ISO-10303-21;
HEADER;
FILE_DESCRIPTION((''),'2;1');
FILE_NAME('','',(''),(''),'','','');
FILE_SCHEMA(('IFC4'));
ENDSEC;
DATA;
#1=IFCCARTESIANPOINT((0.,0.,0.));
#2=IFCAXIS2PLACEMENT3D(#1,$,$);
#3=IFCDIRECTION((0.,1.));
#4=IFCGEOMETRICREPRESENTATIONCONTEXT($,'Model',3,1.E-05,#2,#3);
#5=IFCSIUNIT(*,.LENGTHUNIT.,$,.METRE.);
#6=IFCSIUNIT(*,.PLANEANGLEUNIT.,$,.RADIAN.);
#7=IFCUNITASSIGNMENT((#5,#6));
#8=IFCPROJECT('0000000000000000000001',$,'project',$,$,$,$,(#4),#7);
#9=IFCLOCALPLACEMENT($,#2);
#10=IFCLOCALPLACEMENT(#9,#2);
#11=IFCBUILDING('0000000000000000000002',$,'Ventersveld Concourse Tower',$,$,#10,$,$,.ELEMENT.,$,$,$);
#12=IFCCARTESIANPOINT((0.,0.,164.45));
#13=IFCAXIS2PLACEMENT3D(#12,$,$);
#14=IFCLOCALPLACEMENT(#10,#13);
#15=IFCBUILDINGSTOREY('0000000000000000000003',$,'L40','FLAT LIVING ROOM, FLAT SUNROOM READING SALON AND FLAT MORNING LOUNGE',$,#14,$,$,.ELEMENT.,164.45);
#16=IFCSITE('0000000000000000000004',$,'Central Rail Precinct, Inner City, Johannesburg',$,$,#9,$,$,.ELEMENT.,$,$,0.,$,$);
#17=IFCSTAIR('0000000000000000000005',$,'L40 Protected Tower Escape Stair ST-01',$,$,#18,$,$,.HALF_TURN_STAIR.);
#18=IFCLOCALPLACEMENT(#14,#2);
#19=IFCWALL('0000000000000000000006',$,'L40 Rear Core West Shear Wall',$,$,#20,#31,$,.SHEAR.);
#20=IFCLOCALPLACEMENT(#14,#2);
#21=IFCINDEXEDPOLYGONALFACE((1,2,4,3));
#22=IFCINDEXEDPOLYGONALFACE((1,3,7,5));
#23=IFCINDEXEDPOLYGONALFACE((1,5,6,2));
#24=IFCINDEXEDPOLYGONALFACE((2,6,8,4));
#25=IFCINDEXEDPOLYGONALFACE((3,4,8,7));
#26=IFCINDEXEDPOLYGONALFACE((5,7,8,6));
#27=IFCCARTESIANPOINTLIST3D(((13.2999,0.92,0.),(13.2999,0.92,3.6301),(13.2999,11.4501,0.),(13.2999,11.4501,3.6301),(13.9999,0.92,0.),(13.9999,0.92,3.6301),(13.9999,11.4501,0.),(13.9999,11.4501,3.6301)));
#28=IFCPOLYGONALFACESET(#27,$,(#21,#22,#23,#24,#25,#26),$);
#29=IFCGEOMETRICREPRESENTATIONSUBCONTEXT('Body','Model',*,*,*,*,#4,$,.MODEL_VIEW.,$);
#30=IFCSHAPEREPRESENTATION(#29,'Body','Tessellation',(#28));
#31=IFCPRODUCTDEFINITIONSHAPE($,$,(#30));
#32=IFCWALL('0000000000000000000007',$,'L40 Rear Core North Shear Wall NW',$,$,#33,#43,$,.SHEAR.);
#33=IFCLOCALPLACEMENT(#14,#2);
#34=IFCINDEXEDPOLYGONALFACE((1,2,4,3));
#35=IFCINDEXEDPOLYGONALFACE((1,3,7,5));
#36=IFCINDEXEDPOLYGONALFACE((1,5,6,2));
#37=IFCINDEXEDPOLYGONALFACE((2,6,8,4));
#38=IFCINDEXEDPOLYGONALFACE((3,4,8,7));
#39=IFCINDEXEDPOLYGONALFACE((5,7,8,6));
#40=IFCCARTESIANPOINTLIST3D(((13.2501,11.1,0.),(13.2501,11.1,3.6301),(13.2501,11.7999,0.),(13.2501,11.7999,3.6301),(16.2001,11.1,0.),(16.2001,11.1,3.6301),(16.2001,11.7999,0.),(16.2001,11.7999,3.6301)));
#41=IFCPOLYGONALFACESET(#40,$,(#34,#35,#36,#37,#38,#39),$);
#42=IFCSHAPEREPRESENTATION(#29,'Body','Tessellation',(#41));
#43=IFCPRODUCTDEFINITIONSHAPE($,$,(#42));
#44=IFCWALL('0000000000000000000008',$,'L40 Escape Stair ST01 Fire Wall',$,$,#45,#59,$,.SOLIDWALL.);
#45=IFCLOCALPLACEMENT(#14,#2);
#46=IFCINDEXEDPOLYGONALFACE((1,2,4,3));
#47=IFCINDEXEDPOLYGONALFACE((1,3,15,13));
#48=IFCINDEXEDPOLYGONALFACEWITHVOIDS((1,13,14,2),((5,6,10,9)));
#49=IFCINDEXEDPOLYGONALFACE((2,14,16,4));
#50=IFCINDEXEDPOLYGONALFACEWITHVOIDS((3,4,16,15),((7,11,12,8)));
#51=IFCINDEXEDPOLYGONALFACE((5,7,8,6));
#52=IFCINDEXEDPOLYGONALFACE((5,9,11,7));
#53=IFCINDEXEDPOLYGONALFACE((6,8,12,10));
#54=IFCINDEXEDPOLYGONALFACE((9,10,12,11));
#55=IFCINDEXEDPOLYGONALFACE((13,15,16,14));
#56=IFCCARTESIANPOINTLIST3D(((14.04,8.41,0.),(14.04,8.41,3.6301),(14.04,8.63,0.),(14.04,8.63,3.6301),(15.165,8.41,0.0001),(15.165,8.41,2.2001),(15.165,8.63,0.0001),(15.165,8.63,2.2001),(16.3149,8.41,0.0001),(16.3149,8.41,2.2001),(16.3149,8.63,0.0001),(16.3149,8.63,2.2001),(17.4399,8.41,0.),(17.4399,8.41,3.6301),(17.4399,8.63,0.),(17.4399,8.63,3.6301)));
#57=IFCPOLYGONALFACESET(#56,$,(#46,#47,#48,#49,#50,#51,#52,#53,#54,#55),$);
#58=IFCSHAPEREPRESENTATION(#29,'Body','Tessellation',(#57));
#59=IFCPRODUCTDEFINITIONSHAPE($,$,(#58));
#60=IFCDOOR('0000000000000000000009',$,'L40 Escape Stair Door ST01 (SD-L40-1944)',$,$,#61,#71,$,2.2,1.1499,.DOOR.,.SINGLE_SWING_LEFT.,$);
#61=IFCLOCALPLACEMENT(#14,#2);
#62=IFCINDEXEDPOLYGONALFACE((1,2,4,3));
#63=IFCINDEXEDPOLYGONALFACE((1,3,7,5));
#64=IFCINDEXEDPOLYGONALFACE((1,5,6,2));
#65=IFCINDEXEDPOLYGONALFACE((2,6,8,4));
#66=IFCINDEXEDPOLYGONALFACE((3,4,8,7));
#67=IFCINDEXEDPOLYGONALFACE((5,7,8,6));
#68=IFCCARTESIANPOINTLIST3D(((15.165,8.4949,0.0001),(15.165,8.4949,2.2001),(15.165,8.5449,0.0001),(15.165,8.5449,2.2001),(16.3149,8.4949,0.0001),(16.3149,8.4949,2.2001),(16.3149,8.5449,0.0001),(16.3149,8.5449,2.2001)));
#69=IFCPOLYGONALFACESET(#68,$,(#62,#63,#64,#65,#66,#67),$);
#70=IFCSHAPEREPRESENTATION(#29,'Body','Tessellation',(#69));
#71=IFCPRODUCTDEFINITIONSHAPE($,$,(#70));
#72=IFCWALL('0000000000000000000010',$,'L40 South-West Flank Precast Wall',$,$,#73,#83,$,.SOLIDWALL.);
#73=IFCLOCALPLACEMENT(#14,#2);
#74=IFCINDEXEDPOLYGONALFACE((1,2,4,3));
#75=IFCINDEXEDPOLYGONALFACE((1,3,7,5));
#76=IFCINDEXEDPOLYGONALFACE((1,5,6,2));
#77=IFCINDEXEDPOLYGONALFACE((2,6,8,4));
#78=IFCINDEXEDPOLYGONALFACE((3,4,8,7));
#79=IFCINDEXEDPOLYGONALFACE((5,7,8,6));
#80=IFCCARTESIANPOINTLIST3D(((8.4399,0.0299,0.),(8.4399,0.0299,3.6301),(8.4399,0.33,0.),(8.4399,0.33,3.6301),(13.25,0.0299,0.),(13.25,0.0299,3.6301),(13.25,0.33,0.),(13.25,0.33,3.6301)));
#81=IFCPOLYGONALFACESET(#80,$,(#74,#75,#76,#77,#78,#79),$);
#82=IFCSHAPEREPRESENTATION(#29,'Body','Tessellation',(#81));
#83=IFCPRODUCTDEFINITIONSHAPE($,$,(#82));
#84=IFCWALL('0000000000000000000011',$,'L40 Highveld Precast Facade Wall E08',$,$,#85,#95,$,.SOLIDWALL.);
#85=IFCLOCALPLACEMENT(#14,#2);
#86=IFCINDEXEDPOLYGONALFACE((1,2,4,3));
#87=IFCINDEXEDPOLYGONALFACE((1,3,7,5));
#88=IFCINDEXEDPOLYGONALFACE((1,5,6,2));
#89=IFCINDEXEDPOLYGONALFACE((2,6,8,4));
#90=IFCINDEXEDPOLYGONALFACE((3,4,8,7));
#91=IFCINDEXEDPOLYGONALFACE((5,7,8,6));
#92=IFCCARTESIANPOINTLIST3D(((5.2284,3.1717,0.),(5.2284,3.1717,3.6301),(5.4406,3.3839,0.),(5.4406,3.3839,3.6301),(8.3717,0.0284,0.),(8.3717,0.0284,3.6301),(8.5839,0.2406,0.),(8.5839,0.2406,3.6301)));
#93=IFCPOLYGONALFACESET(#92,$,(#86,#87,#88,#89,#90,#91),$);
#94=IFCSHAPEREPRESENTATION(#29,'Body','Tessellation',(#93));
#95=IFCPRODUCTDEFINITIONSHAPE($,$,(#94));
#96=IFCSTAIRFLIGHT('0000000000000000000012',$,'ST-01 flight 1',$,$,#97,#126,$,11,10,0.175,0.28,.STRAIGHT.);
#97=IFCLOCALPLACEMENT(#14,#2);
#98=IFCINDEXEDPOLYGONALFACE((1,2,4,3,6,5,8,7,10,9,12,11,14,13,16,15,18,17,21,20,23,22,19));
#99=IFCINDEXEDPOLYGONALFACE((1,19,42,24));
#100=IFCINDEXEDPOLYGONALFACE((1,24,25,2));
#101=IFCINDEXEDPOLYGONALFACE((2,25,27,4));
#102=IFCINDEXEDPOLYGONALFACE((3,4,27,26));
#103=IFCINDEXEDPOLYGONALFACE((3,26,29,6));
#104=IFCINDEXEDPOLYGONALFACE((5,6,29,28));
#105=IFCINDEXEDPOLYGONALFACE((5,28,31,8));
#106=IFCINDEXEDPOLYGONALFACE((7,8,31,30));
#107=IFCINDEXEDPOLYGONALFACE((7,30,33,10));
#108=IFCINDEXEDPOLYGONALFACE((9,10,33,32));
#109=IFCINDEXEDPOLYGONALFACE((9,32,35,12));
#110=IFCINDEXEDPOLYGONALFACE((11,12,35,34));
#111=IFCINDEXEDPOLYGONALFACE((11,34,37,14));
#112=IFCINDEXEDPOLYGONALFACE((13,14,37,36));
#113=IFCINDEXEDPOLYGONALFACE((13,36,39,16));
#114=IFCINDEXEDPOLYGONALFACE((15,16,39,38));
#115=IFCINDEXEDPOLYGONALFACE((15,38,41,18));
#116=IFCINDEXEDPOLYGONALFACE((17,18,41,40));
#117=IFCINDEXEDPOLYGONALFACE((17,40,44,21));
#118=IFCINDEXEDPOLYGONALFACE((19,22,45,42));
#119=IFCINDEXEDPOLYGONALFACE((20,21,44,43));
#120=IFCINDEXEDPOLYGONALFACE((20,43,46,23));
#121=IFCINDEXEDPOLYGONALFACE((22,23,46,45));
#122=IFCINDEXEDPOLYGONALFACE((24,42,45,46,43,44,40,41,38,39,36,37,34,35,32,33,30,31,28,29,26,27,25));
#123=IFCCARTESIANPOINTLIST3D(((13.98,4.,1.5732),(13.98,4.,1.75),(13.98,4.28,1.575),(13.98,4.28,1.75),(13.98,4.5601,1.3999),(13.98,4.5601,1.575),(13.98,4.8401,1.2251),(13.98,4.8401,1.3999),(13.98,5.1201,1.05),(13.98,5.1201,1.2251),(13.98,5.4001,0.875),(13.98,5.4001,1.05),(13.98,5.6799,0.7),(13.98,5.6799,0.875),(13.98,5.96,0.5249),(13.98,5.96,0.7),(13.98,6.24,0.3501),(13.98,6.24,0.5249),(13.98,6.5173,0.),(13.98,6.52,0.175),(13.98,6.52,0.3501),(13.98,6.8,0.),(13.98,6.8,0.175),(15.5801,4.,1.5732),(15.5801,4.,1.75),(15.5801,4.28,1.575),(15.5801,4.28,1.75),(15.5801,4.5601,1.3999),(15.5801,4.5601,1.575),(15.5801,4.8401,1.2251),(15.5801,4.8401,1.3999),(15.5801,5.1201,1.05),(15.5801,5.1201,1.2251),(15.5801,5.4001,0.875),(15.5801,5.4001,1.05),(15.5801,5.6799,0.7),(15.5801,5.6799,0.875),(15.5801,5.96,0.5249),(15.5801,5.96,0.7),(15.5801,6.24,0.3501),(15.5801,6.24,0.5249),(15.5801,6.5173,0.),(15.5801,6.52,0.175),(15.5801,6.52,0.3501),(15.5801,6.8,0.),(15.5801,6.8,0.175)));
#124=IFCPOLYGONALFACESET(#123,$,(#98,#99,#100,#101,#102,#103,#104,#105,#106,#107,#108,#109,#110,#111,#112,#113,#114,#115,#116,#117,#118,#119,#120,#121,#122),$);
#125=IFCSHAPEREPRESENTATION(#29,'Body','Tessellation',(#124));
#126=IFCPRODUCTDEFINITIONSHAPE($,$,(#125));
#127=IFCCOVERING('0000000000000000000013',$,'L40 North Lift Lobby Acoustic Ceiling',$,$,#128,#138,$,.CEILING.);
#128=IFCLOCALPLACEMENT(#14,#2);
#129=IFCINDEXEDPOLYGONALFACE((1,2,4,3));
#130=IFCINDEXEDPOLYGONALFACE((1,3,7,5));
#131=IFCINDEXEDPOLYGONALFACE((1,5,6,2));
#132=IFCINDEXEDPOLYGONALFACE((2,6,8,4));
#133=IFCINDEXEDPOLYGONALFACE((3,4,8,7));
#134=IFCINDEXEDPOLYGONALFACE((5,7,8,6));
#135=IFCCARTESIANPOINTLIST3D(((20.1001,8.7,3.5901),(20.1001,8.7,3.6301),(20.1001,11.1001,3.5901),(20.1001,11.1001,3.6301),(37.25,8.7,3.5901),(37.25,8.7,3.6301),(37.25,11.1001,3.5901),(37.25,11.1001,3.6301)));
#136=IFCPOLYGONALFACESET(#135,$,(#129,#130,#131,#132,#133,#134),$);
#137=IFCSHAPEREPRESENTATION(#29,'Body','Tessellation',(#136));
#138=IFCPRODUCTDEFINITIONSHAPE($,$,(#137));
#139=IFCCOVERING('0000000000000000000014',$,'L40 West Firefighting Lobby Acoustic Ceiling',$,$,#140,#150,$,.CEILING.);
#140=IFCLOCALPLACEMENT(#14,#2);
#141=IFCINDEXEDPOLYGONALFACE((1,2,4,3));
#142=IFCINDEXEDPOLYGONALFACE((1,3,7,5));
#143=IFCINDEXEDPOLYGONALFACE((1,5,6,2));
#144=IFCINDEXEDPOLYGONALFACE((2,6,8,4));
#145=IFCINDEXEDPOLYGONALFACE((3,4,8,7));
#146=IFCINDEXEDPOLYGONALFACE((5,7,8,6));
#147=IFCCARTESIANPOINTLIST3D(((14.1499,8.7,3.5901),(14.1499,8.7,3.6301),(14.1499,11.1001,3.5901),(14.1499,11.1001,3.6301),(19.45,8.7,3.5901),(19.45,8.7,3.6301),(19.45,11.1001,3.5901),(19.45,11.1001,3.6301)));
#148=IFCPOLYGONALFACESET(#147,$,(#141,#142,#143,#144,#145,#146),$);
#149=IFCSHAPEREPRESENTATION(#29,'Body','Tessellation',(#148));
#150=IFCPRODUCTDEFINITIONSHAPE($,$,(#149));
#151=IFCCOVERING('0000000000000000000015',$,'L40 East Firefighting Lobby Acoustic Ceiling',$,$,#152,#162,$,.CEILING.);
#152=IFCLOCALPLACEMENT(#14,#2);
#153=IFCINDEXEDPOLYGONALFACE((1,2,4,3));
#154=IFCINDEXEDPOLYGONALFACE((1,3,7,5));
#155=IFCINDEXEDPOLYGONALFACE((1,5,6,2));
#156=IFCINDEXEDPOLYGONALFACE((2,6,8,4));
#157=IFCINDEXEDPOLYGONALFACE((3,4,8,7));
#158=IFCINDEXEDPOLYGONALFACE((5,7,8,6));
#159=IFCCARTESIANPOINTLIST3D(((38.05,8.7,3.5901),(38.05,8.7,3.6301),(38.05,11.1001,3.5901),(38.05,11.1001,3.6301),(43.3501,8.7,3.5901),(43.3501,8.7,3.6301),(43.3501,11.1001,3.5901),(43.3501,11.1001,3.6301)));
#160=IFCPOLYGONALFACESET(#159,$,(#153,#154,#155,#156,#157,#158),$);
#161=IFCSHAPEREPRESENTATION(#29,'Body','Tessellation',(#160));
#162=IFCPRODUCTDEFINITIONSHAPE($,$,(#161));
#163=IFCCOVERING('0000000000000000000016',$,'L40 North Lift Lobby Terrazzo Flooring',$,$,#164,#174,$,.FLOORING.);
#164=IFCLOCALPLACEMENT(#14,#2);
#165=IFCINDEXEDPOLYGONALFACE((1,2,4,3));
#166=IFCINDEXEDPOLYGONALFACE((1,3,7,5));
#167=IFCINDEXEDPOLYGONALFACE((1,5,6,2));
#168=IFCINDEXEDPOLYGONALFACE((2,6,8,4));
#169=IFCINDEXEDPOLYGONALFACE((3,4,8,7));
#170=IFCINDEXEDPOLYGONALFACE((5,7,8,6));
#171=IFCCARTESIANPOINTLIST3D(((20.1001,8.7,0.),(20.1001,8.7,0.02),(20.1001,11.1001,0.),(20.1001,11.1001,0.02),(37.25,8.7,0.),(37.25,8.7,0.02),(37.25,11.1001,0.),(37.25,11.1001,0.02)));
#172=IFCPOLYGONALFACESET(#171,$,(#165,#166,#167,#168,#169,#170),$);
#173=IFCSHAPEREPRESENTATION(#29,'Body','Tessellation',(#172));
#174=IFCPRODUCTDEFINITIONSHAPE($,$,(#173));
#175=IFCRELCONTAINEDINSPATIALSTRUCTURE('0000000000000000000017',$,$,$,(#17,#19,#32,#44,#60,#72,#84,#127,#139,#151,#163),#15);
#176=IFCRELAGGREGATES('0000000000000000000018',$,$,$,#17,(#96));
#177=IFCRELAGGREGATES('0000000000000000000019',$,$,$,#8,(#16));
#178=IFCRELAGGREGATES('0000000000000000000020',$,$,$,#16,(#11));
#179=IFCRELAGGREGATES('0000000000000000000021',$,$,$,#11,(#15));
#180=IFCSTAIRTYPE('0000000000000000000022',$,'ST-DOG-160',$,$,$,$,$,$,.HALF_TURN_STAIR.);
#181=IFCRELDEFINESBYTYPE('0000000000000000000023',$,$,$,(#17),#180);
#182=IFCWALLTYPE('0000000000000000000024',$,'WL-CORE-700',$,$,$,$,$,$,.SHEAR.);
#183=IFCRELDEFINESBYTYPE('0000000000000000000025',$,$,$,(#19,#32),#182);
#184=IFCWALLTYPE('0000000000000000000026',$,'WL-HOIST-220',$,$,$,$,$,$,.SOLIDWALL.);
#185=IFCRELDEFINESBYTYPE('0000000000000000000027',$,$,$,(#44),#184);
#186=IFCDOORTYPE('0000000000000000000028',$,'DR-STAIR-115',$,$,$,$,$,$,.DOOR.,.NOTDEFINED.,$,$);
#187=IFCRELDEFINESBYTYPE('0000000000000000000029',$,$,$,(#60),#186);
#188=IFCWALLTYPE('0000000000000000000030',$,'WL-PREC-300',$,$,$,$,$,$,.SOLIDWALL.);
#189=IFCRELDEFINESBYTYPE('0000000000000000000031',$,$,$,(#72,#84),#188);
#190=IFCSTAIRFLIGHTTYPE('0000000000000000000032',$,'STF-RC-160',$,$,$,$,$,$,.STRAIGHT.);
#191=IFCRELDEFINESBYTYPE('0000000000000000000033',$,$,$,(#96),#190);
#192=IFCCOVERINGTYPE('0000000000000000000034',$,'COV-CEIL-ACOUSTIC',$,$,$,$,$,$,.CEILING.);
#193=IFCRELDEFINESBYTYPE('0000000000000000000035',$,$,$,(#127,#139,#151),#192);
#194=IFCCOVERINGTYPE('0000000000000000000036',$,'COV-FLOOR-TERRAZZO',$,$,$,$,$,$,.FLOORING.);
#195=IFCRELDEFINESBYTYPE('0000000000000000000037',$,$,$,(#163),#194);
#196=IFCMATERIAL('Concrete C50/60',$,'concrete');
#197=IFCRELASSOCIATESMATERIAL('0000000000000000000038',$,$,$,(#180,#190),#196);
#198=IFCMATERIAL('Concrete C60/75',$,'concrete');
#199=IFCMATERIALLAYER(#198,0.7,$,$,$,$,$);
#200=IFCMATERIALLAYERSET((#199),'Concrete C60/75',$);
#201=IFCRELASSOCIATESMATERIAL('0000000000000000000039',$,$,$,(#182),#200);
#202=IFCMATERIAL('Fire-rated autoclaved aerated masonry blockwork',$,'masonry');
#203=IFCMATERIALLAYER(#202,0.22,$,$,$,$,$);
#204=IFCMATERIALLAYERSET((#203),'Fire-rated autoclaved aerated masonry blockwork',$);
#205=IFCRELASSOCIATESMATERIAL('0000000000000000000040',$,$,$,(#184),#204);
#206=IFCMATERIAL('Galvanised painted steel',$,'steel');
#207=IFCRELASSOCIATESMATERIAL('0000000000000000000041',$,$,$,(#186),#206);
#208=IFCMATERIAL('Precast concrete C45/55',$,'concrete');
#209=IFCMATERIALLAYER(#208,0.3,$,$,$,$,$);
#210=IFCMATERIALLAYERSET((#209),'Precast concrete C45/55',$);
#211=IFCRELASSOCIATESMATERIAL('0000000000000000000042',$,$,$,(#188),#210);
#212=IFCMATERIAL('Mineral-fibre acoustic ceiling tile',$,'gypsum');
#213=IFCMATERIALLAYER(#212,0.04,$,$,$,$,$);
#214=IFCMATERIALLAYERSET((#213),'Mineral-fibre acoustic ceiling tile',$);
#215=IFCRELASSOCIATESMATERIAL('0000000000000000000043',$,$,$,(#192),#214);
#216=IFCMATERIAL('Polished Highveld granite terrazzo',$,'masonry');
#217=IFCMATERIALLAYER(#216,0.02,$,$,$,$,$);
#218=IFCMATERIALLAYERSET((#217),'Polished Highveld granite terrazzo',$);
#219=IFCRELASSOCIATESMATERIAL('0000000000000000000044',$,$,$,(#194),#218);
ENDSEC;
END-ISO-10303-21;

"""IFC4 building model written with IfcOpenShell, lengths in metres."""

from ifc_helpers import new_model, si_unit, direction, frame, frame_2d, origin, place, context, subcontext, project, spatial, polyline, rectangle, outline, extrude, material, layer, layer_set, type_object, element, fill, aggregate, save


model = new_model("IFC4")

# Units and contexts
model_context = context("Model", 3, precision=1e-05, world=origin(), true_north=direction((0.0, 1.0)))
body_context = subcontext(model_context, "Body", "Model", "MODEL_VIEW")
ifc_project = project(units=[si_unit("LENGTHUNIT", "METRE"), si_unit("PLANEANGLEUNIT", "RADIAN")], contexts=[model_context])

# Site, building, storey
site_placement = place(None, origin())
site = spatial("IfcSite", under=ifc_project, at=site_placement, Name="Central Rail Precinct, Inner City, Johannesburg", CompositionType="ELEMENT", RefElevation=0.0)
building_placement = place(site_placement, origin())
building = spatial("IfcBuilding", under=site, at=building_placement, Name="Ventersveld Concourse Tower", CompositionType="ELEMENT")
storey_placement = place(building_placement, frame((0.0, 0.0, 164.45)))
storey = spatial("IfcBuildingStorey", under=building, at=storey_placement, Name="L40", Description="FLAT LIVING ROOM, FLAT SUNROOM READING SALON AND FLAT MORNING LOUNGE", CompositionType="ELEMENT", Elevation=164.45)

# Shared definitions
ifc_material_1 = material(Name="Concrete C50/60", Category="concrete")

# Stair
stair_type_1 = type_object("IfcStairType", Name="ST-DOG-160", PredefinedType="HALF_TURN_STAIR", material=ifc_material_1)
stair_1_placement = place(storey_placement, origin())
stair_1 = element("IfcStair", 1, at=stair_1_placement, inside=storey, type_object=stair_type_1, Name="L40 Protected Tower Escape Stair ST-01", PredefinedType="HALF_TURN_STAIR")

# Walls
ifc_material_2 = material(Name="Concrete C60/75", Category="concrete")
ifc_layer_1 = layer(ifc_material_2, 0.7)
ifc_layer_set_1 = layer_set([ifc_layer_1], Name="Concrete C60/75")
wall_type_1 = type_object("IfcWallType", Name="WL-CORE-700", PredefinedType="SHEAR", material=ifc_layer_set_1)
wall_1_placement = place(storey_placement, frame((13.6499, 0.9199, 0.0), z_axis=(0.0, 0.0, 1.0), x_axis=(0.0, 1.0, 0.0)))
element("IfcWall", 2, at=wall_1_placement, inside=storey, type_object=wall_type_1, Name="L40 Rear Core West Shear Wall", PredefinedType="SHEAR", context=body_context, shape_type="SweptSolid", body=[
    extrude(rectangle(XDim=10.53, YDim=0.7, at=frame_2d((5.2651, 0.0))), origin(), (0.0, 0.0, 1.0), 3.6301),
])
wall_2_placement = place(storey_placement, frame((13.25, 11.45, 0.0), z_axis=(0.0, 0.0, 1.0), x_axis=(1.0, 0.0, 0.0)))
element("IfcWall", 3, at=wall_2_placement, inside=storey, type_object=wall_type_1, Name="L40 Rear Core North Shear Wall NW", PredefinedType="SHEAR", context=body_context, shape_type="SweptSolid", body=[
    extrude(rectangle(XDim=2.95, YDim=0.7, at=frame_2d((1.4751, 0.0))), origin(), (0.0, 0.0, 1.0), 3.6301),
])

# Wall, opening, door
ifc_material_3 = material(Name="Fire-rated autoclaved aerated masonry blockwork", Category="masonry")
ifc_layer_2 = layer(ifc_material_3, 0.22)
ifc_layer_set_2 = layer_set([ifc_layer_2], Name="Fire-rated autoclaved aerated masonry blockwork")
wall_type_2 = type_object("IfcWallType", Name="WL-HOIST-220", PredefinedType="SOLIDWALL", material=ifc_layer_set_2)
wall_3_placement = place(storey_placement, frame((14.04, 8.52, 0.0), z_axis=(0.0, 0.0, 1.0), x_axis=(1.0, 0.0, 0.0)))
wall_3 = element("IfcWall", 4, at=wall_3_placement, inside=storey, type_object=wall_type_2, Name="L40 Escape Stair ST01 Fire Wall", PredefinedType="SOLIDWALL", context=body_context, shape_type="SweptSolid", body=[
    extrude(rectangle(XDim=3.3999, YDim=0.22, at=frame_2d((1.7, 0.0))), origin(), (0.0, 0.0, 1.0), 3.6301),
])
opening_placement = place(wall_3_placement, frame((1.125, 0.0, 0.0)))
opening = element("IfcOpeningElement", 5, at=opening_placement, cuts=wall_3, PredefinedType="OPENING", context=body_context, shape_type="SweptSolid", body=[
    extrude(rectangle(XDim=1.1499, YDim=2.2, at=frame_2d((0.575, 1.1001))), frame((0.0, 0.1201, 0.0), z_axis=(0.0, -1.0, 0.0), x_axis=(1.0, 0.0, 0.0)), (0.0, 0.0, 1.0), 0.24),
])
ifc_material_4 = material(Name="Galvanised painted steel", Category="steel")
door_type = type_object("IfcDoorType", Name="DR-STAIR-115", OperationType="NOTDEFINED", PredefinedType="DOOR", material=ifc_material_4)
door_placement = place(opening_placement, origin())
door = element("IfcDoor", 6, at=door_placement, inside=storey, type_object=door_type, Name="L40 Escape Stair Door ST01 (SD-L40-1944)", OperationType="SINGLE_SWING_LEFT", OverallHeight=2.2, OverallWidth=1.1499, PredefinedType="DOOR", context=body_context, shape_type="SweptSolid", body=[
    extrude(rectangle(XDim=1.1499, YDim=2.2, at=frame_2d((0.575, 1.1001))), frame((0.0, 0.0249, 0.0), z_axis=(0.0, -1.0, 0.0), x_axis=(1.0, 0.0, 0.0)), (0.0, 0.0, 1.0), 0.05),
])
fill(opening, door)

# Walls
ifc_material_5 = material(Name="Precast concrete C45/55", Category="concrete")
ifc_layer_3 = layer(ifc_material_5, 0.3)
ifc_layer_set_3 = layer_set([ifc_layer_3], Name="Precast concrete C45/55")
wall_type_3 = type_object("IfcWallType", Name="WL-PREC-300", PredefinedType="SOLIDWALL", material=ifc_layer_set_3)
wall_4_placement = place(storey_placement, frame((8.4399, 0.1799, 0.0), z_axis=(0.0, 0.0, 1.0), x_axis=(1.0, 0.0, 0.0)))
element("IfcWall", 7, at=wall_4_placement, inside=storey, type_object=wall_type_3, Name="L40 South-West Flank Precast Wall", PredefinedType="SOLIDWALL", context=body_context, shape_type="SweptSolid", body=[
    extrude(rectangle(XDim=4.8101, YDim=0.3, at=frame_2d((2.405, 0.0))), origin(), (0.0, 0.0, 1.0), 3.6301),
])
wall_5_placement = place(storey_placement, frame((5.3345, 3.2778, 0.0), z_axis=(0.0, 0.0, 1.0), x_axis=(0.707107, -0.707107, 0.0)))
element("IfcWall", 8, at=wall_5_placement, inside=storey, type_object=wall_type_3, Name="L40 Highveld Precast Facade Wall E08", PredefinedType="SOLIDWALL", context=body_context, shape_type="SweptSolid", body=[
    extrude(rectangle(XDim=4.4453, YDim=0.3, at=frame_2d((2.2227, 0.0))), origin(), (0.0, 0.0, 1.0), 3.6301),
])

# Stair flight
stair_flight_type = type_object("IfcStairFlightType", Name="STF-RC-160", PredefinedType="STRAIGHT", material=ifc_material_1)
stair_flight_placement = place(storey_placement, frame((14.78, 6.8, 0.0), z_axis=(0.0, 0.0, 1.0), x_axis=(0.0, -1.0, 0.0)))
stair_flight = element("IfcStairFlight", 9, at=stair_flight_placement, type_object=stair_flight_type, Name="ST-01 flight 1", NumberOfRisers=11, NumberOfTreads=10, PredefinedType="STRAIGHT", RiserHeight=0.175, TreadLength=0.28, context=body_context, shape_type="SweptSolid", body=[
    extrude(outline(polyline([(0.0, 0.0), (0.0, 0.175), (0.28, 0.175), (0.28, 0.3501), (0.5601, 0.3501), (0.5601, 0.5249), (0.8401, 0.5249), (0.8401, 0.7), (1.1201, 0.7), (1.1201, 0.875), (1.3999, 0.875), (1.3999, 1.05), (1.6799, 1.05), (1.6799, 1.2251), (1.96, 1.2251), (1.96, 1.3999), (2.24, 1.3999), (2.24, 1.575), (2.52, 1.575), (2.52, 1.75), (2.8, 1.75), (2.8, 1.925), (2.8, 1.5732), (0.2827, 0.0), (0.0, 0.0)])), frame((0.0, 0.8, 0.0), z_axis=(0.0, -1.0, 0.0), x_axis=(1.0, 0.0, 0.0)), (0.0, 0.0, 1.0), 1.6001),
])
aggregate(stair_1, [stair_flight])

# Coverings
ifc_material_6 = material(Name="Mineral-fibre acoustic ceiling tile", Category="gypsum")
ifc_layer_4 = layer(ifc_material_6, 0.04)
ifc_layer_set_4 = layer_set([ifc_layer_4], Name="Mineral-fibre acoustic ceiling tile")
covering_type_1 = type_object("IfcCoveringType", Name="COV-CEIL-ACOUSTIC", PredefinedType="CEILING", material=ifc_layer_set_4)
covering_1_placement = place(storey_placement, frame((0.0, 0.0, 3.5901)))
element("IfcCovering", 10, at=covering_1_placement, inside=storey, type_object=covering_type_1, Name="L40 North Lift Lobby Acoustic Ceiling", PredefinedType="CEILING", context=body_context, shape_type="SweptSolid", body=[
    extrude(outline(polyline([(20.1001, 8.7), (37.25, 8.7), (37.25, 11.1001), (20.1001, 11.1001), (20.1001, 8.7)])), origin(), (0.0, 0.0, 1.0), 0.04),
])
covering_2_placement = place(storey_placement, frame((0.0, 0.0, 3.5901)))
element("IfcCovering", 11, at=covering_2_placement, inside=storey, type_object=covering_type_1, Name="L40 West Firefighting Lobby Acoustic Ceiling", PredefinedType="CEILING", context=body_context, shape_type="SweptSolid", body=[
    extrude(outline(polyline([(14.1499, 8.7), (19.45, 8.7), (19.45, 11.1001), (14.1499, 11.1001), (14.1499, 8.7)])), origin(), (0.0, 0.0, 1.0), 0.04),
])
covering_3_placement = place(storey_placement, frame((0.0, 0.0, 3.5901)))
element("IfcCovering", 12, at=covering_3_placement, inside=storey, type_object=covering_type_1, Name="L40 East Firefighting Lobby Acoustic Ceiling", PredefinedType="CEILING", context=body_context, shape_type="SweptSolid", body=[
    extrude(outline(polyline([(38.05, 8.7), (43.3501, 8.7), (43.3501, 11.1001), (38.05, 11.1001), (38.05, 8.7)])), origin(), (0.0, 0.0, 1.0), 0.04),
])
ifc_material_7 = material(Name="Polished Highveld granite terrazzo", Category="masonry")
ifc_layer_5 = layer(ifc_material_7, 0.02)
ifc_layer_set_5 = layer_set([ifc_layer_5], Name="Polished Highveld granite terrazzo")
covering_type_2 = type_object("IfcCoveringType", Name="COV-FLOOR-TERRAZZO", PredefinedType="FLOORING", material=ifc_layer_set_5)
covering_4_placement = place(storey_placement, origin())
element("IfcCovering", 13, at=covering_4_placement, inside=storey, type_object=covering_type_2, Name="L40 North Lift Lobby Terrazzo Flooring", PredefinedType="FLOORING", context=body_context, shape_type="SweptSolid", body=[
    extrude(outline(polyline([(20.1001, 8.7), (37.25, 8.7), (37.25, 11.1001), (20.1001, 11.1001), (20.1001, 8.7)])), origin(), (0.0, 0.0, 1.0), 0.02),
])

save(model, "model.ifc")
